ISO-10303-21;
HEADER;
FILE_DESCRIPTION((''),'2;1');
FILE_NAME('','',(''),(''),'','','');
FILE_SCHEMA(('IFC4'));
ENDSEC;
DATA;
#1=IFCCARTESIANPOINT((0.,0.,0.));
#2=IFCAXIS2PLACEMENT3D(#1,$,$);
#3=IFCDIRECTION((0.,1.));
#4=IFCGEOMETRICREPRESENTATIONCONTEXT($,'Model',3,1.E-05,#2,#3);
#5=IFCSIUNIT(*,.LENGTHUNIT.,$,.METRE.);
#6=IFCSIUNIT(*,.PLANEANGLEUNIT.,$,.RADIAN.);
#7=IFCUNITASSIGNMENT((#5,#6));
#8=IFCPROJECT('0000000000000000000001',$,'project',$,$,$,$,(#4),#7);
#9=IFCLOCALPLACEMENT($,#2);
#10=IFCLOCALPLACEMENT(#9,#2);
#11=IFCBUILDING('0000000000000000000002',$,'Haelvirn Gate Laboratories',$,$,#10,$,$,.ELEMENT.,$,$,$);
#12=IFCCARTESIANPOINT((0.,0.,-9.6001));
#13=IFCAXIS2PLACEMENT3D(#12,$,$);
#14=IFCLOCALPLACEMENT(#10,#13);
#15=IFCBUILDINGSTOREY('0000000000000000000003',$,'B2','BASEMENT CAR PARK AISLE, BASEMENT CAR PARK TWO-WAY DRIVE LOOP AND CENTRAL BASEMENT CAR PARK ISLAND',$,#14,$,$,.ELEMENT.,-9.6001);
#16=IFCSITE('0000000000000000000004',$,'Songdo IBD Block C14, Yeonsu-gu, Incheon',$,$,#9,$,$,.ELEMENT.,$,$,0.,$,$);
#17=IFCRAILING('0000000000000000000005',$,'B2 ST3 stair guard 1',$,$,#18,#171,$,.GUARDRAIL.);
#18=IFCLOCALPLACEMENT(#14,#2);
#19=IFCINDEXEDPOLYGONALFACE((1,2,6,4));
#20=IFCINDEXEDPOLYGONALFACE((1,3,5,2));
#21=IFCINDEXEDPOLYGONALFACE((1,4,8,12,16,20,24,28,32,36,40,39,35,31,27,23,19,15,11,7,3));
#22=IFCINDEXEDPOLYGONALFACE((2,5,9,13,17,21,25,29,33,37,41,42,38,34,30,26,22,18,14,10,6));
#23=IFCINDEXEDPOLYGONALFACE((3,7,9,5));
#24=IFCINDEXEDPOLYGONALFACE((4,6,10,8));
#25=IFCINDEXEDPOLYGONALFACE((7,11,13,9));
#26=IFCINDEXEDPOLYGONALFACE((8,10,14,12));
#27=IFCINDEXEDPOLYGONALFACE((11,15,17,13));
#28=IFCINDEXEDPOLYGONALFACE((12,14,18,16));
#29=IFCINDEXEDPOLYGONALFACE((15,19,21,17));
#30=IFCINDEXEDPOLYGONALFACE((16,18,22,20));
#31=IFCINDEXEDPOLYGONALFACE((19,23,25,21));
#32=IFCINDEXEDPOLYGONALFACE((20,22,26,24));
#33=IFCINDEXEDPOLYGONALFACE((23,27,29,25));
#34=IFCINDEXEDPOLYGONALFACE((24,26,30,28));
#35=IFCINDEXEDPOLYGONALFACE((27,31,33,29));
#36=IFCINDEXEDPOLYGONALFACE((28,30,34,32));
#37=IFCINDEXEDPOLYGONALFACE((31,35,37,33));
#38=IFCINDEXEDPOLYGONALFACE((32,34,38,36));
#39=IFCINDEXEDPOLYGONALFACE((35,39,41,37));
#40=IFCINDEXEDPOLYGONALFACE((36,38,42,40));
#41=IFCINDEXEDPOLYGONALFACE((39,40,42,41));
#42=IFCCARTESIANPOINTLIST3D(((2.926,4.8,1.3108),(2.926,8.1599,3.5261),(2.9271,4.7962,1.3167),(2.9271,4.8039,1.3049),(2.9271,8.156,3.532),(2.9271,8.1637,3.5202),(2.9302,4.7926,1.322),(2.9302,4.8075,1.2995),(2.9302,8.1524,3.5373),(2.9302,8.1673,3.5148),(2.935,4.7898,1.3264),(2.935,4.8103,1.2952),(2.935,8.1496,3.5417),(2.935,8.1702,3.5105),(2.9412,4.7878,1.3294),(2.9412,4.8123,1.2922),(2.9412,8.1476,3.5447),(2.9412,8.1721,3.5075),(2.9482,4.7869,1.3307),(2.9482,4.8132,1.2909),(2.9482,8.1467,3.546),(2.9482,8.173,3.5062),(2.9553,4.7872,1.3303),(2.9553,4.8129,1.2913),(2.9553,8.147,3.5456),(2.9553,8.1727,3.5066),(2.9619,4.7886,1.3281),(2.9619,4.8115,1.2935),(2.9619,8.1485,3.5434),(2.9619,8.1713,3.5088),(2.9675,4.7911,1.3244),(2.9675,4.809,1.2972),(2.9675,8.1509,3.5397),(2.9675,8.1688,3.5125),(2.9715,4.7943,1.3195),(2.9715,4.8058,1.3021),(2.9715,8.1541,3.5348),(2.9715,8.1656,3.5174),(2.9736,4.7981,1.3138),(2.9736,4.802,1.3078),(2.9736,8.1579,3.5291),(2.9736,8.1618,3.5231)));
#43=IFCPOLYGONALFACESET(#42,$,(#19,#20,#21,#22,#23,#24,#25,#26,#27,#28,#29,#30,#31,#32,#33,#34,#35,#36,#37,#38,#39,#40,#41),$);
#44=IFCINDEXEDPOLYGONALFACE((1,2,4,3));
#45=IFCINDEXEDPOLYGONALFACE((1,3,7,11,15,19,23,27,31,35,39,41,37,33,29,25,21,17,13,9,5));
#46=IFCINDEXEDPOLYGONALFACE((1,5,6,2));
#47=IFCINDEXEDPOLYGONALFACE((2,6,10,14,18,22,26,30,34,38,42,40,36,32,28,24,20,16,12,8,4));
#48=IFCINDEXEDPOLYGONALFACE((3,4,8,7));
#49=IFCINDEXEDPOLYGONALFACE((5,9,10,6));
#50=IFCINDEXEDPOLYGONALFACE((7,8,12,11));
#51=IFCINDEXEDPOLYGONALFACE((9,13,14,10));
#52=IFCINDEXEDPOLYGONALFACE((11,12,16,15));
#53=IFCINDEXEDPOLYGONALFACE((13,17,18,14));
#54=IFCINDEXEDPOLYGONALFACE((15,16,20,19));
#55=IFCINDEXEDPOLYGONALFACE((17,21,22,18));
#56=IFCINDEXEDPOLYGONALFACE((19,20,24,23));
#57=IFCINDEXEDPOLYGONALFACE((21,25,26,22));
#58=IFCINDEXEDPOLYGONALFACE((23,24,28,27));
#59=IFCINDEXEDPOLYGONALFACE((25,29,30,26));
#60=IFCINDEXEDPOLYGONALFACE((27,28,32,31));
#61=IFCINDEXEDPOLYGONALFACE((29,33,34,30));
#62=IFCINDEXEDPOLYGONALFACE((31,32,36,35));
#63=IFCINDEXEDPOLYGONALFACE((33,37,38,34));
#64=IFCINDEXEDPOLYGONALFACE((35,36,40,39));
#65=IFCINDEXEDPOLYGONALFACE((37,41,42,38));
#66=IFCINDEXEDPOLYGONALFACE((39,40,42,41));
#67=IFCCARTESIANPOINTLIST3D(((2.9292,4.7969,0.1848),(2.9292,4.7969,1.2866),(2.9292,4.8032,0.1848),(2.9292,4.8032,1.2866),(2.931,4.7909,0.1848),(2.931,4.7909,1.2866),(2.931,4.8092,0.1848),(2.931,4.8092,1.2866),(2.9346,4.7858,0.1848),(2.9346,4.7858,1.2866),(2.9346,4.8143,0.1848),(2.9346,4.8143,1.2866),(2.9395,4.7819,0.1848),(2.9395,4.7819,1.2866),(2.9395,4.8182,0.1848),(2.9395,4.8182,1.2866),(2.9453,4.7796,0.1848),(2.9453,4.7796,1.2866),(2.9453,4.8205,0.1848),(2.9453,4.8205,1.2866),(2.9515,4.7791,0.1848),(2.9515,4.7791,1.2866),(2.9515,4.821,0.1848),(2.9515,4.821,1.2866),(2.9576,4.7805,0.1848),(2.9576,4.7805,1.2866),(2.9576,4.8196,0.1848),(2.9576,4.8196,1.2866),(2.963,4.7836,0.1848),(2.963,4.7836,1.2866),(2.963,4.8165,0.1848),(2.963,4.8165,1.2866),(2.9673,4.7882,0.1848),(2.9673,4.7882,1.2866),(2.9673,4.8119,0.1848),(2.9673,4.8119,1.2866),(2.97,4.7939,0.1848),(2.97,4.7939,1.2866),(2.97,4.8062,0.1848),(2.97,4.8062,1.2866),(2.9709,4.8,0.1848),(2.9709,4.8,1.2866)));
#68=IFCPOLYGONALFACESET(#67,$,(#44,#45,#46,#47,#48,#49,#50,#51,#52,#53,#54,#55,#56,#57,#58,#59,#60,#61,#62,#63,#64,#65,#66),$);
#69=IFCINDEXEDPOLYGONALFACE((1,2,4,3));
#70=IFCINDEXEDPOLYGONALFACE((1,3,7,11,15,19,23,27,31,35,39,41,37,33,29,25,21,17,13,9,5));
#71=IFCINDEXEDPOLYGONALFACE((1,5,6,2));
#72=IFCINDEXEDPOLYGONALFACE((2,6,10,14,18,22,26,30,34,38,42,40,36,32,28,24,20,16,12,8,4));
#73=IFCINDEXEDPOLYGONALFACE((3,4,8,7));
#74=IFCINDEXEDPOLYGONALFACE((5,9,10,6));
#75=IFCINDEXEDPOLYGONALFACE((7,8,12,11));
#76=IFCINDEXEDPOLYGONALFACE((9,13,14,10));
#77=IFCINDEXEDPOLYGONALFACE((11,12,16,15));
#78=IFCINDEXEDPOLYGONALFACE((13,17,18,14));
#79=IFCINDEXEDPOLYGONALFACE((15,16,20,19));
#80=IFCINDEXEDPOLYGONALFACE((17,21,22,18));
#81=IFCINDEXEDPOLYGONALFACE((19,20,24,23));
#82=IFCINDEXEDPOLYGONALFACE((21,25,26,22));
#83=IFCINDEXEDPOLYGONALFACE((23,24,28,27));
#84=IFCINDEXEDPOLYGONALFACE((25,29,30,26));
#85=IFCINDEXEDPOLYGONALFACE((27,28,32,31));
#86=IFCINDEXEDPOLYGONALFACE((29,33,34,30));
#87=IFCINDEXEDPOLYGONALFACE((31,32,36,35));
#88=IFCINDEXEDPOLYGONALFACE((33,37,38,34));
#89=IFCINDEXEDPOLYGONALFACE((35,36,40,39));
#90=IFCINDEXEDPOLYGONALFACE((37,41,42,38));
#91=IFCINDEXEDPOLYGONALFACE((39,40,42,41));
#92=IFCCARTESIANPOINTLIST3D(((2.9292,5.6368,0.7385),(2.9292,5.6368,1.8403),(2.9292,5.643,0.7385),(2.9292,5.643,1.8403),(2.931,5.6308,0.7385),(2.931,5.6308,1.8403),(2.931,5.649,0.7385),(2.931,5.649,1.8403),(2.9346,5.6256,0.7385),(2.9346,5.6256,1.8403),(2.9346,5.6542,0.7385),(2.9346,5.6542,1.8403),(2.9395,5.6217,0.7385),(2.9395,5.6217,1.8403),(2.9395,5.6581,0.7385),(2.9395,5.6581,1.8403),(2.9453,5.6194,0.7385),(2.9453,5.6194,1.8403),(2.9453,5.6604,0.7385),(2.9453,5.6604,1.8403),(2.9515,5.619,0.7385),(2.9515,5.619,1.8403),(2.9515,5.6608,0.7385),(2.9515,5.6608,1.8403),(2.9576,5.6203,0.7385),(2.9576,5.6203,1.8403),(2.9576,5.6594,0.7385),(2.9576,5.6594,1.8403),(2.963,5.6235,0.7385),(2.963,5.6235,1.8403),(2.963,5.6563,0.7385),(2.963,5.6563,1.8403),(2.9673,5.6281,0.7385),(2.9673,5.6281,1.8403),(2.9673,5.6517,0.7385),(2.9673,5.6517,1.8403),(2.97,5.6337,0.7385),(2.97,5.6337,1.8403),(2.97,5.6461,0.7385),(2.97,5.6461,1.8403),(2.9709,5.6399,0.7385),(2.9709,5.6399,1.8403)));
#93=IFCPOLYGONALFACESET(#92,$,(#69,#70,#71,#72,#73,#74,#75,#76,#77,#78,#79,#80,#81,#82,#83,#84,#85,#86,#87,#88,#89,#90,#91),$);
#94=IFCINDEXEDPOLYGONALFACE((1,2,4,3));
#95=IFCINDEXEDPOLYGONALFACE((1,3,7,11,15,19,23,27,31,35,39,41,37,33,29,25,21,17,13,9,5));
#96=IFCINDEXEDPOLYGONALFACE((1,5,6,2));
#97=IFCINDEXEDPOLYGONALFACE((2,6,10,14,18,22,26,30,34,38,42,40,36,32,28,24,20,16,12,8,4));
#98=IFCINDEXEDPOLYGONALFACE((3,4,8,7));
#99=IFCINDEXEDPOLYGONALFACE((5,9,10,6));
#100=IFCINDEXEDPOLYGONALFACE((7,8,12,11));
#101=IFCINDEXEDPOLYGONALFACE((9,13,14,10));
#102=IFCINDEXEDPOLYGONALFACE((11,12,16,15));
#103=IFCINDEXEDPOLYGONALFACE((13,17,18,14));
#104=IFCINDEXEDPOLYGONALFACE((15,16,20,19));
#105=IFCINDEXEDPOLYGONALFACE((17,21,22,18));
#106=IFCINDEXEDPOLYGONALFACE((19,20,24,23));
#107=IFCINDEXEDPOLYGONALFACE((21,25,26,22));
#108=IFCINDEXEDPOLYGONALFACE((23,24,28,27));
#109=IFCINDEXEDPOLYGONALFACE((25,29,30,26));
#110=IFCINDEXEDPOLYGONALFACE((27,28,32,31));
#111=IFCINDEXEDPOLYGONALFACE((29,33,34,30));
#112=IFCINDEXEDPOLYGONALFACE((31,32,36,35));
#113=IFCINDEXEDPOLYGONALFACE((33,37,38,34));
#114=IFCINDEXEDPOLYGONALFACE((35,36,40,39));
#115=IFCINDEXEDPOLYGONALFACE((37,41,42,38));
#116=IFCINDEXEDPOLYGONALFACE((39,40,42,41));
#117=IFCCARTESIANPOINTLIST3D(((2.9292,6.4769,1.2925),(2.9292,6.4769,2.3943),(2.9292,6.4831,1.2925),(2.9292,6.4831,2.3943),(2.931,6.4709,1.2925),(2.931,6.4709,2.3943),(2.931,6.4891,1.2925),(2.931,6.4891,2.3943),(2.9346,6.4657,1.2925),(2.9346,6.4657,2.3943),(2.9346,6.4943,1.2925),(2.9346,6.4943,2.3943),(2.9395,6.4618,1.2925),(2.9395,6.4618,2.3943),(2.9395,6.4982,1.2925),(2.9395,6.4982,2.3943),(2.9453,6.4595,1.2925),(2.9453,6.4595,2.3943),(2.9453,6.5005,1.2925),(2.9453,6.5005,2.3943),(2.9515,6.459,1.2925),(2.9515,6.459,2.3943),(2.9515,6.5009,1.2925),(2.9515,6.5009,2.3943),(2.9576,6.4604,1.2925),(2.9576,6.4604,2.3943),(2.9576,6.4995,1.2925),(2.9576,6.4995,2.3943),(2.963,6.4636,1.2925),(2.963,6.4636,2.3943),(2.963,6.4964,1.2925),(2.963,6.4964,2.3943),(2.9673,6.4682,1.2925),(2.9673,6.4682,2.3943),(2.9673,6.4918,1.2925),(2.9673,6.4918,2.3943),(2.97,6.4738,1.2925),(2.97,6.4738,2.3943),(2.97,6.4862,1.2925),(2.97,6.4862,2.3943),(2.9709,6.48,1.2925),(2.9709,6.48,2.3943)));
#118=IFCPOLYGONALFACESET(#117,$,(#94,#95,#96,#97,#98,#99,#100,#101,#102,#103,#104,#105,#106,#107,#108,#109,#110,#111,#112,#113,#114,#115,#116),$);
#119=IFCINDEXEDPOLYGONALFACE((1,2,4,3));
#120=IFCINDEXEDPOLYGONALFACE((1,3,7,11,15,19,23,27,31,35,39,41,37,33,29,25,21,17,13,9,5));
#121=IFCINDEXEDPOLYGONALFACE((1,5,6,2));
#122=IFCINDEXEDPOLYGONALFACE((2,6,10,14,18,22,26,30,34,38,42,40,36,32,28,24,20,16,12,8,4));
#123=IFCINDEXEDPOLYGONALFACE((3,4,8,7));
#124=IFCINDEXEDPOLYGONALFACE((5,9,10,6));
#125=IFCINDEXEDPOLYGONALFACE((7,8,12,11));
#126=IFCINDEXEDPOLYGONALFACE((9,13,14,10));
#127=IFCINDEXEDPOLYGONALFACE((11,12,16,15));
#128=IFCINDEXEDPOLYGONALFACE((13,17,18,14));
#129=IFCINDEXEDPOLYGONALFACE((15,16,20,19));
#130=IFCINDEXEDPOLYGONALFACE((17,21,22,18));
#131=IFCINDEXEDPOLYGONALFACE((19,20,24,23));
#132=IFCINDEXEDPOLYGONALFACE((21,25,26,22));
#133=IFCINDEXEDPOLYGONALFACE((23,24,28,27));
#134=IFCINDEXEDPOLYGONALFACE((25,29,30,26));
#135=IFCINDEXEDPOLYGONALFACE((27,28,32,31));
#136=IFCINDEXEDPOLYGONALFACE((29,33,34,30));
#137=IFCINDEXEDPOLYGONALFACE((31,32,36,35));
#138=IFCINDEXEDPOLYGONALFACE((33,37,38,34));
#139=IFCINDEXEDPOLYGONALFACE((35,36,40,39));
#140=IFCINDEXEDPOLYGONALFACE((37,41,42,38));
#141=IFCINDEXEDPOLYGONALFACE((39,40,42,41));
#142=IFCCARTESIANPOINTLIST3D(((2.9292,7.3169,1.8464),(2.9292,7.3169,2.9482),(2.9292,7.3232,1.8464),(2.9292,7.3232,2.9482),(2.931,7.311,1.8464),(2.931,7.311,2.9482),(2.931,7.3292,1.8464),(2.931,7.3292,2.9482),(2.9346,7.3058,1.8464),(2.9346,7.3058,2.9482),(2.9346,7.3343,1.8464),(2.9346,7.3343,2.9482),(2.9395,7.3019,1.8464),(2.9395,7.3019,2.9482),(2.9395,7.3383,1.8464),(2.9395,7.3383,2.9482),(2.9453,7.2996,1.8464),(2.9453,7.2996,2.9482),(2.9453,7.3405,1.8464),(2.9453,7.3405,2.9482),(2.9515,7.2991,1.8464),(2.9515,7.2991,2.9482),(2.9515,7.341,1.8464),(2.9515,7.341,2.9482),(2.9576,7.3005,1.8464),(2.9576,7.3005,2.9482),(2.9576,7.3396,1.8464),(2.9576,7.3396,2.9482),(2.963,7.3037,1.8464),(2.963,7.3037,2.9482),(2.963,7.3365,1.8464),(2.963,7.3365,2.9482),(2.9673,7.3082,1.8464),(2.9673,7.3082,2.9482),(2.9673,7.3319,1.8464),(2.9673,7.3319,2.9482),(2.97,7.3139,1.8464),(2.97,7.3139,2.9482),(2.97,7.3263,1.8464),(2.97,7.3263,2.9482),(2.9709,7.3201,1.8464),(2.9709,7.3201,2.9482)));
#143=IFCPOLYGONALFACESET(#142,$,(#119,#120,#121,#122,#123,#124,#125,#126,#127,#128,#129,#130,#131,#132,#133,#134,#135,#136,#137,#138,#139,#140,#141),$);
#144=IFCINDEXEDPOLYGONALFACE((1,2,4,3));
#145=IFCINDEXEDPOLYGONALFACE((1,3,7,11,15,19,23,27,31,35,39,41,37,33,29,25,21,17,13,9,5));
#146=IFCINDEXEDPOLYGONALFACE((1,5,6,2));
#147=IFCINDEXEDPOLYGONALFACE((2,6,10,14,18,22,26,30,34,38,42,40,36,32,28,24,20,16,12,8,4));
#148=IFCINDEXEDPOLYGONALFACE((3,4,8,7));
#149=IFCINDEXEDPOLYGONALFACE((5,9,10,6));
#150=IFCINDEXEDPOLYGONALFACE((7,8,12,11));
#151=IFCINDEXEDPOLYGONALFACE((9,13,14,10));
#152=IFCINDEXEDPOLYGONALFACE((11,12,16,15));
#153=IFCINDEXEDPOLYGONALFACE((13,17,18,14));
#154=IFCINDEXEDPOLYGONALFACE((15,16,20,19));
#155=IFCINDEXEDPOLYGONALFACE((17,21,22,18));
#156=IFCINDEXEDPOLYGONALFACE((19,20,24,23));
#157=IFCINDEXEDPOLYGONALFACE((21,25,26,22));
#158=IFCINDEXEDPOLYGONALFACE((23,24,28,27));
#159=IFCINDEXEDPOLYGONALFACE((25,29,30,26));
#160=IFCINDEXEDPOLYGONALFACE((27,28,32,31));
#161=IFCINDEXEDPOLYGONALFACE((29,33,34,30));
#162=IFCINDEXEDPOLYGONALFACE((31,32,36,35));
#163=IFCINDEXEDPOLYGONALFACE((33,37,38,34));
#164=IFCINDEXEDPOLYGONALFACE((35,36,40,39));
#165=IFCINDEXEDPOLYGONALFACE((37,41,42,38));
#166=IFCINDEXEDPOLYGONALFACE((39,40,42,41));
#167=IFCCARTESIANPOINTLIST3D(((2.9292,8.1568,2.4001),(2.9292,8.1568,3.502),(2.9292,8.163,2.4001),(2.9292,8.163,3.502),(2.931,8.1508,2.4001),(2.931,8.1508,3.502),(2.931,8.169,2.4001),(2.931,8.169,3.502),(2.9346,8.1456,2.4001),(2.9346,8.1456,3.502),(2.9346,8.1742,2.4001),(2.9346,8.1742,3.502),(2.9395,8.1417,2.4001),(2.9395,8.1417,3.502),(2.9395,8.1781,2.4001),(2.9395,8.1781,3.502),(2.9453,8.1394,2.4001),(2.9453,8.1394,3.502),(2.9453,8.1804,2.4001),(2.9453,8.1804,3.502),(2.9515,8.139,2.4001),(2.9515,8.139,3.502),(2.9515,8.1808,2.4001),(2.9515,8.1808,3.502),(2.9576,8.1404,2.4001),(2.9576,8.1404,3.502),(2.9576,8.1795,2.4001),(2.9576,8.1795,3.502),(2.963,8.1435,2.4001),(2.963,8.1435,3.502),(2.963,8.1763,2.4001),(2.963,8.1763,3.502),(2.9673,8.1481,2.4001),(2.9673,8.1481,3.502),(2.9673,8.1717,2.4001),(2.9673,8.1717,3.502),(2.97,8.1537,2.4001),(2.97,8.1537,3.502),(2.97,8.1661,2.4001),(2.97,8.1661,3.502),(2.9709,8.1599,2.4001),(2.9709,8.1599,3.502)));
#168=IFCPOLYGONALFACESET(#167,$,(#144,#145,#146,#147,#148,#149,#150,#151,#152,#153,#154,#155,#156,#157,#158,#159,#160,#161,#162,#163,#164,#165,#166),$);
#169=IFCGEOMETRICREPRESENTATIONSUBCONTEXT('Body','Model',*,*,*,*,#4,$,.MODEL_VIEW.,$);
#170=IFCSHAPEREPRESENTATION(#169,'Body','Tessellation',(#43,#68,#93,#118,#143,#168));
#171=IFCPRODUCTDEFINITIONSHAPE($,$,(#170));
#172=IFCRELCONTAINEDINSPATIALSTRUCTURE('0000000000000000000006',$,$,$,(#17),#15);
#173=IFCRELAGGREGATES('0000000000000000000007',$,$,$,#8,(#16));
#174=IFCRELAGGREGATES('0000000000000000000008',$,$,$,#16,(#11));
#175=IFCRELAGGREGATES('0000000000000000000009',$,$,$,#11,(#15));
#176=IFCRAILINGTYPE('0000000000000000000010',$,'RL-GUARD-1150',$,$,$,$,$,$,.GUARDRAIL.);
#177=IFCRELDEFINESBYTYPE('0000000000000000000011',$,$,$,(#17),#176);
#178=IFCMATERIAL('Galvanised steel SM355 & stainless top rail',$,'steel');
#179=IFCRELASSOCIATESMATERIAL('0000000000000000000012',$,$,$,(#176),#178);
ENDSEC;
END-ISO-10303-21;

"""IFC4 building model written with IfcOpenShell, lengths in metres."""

from ifc_helpers import new_model, si_unit, direction, frame, origin, origin_2d, place, context, subcontext, project, spatial, circle, extrude, source, transform, mapped, material, type_object, element, save


model = new_model("IFC4")

# Units and contexts
model_context = context("Model", 3, precision=1e-05, world=origin(), true_north=direction((0.0, 1.0)))
body_context = subcontext(model_context, "Body", "Model", "MODEL_VIEW")
ifc_project = project(units=[si_unit("LENGTHUNIT", "METRE"), si_unit("PLANEANGLEUNIT", "RADIAN")], contexts=[model_context])

# Site, building, storey
site_placement = place(None, origin())
site = spatial("IfcSite", under=ifc_project, at=site_placement, Name="Songdo IBD Block C14, Yeonsu-gu, Incheon", CompositionType="ELEMENT", RefElevation=0.0)
building_placement = place(site_placement, origin())
building = spatial("IfcBuilding", under=site, at=building_placement, Name="Haelvirn Gate Laboratories", CompositionType="ELEMENT")
storey_placement = place(building_placement, frame((0.0, 0.0, -9.6001)))
storey = spatial("IfcBuildingStorey", under=building, at=storey_placement, Name="B2", Description="BASEMENT CAR PARK AISLE, BASEMENT CAR PARK TWO-WAY DRIVE LOOP AND CENTRAL BASEMENT CAR PARK ISLAND", CompositionType="ELEMENT", Elevation=-9.6001)

# Railing
ifc_material_1 = material(Name="Galvanised steel SM355 & stainless top rail", Category="steel")
railing_type_1 = type_object("IfcRailingType", Name="RL-GUARD-1150", PredefinedType="GUARDRAIL", material=ifc_material_1)
shared_shape_1 = source(origin(), body_context, "Body", "SweptSolid", [
    extrude(circle(Radius=0.0239, at=origin_2d()), frame((0.0, 0.0, 1.126), z_axis=(0.0, 0.834858, 0.550465), x_axis=(-1.0, 0.0, 0.0)), (0.0, 0.0, 1.0), 4.0244),
    extrude(circle(Radius=0.021, at=origin_2d()), origin(), (0.0, 0.0, 1.0), 1.1018),
    extrude(circle(Radius=0.021, at=origin_2d()), frame((0.0, 0.8398, 0.5537)), (0.0, 0.0, 1.0), 1.1018),
    extrude(circle(Radius=0.021, at=origin_2d()), frame((0.0, 1.6799, 1.1077)), (0.0, 0.0, 1.0), 1.1018),
    extrude(circle(Radius=0.021, at=origin_2d()), frame((0.0, 2.52, 1.6616)), (0.0, 0.0, 1.0), 1.1018),
    extrude(circle(Radius=0.021, at=origin_2d()), frame((0.0, 3.3599, 2.2153)), (0.0, 0.0, 1.0), 1.1018),
])
railing_1_placement = place(storey_placement, frame((2.95, 4.8, 0.1848)))
element("IfcRailing", 1, at=railing_1_placement, inside=storey, type_object=railing_type_1, Name="B2 ST3 stair guard 1", PredefinedType="GUARDRAIL", context=body_context, shape_type="MappedRepresentation", body=[
    mapped(shared_shape_1, transform((0.0, 0.0, 0.0), scale=1.0)),
])

save(model, "model.ifc")
